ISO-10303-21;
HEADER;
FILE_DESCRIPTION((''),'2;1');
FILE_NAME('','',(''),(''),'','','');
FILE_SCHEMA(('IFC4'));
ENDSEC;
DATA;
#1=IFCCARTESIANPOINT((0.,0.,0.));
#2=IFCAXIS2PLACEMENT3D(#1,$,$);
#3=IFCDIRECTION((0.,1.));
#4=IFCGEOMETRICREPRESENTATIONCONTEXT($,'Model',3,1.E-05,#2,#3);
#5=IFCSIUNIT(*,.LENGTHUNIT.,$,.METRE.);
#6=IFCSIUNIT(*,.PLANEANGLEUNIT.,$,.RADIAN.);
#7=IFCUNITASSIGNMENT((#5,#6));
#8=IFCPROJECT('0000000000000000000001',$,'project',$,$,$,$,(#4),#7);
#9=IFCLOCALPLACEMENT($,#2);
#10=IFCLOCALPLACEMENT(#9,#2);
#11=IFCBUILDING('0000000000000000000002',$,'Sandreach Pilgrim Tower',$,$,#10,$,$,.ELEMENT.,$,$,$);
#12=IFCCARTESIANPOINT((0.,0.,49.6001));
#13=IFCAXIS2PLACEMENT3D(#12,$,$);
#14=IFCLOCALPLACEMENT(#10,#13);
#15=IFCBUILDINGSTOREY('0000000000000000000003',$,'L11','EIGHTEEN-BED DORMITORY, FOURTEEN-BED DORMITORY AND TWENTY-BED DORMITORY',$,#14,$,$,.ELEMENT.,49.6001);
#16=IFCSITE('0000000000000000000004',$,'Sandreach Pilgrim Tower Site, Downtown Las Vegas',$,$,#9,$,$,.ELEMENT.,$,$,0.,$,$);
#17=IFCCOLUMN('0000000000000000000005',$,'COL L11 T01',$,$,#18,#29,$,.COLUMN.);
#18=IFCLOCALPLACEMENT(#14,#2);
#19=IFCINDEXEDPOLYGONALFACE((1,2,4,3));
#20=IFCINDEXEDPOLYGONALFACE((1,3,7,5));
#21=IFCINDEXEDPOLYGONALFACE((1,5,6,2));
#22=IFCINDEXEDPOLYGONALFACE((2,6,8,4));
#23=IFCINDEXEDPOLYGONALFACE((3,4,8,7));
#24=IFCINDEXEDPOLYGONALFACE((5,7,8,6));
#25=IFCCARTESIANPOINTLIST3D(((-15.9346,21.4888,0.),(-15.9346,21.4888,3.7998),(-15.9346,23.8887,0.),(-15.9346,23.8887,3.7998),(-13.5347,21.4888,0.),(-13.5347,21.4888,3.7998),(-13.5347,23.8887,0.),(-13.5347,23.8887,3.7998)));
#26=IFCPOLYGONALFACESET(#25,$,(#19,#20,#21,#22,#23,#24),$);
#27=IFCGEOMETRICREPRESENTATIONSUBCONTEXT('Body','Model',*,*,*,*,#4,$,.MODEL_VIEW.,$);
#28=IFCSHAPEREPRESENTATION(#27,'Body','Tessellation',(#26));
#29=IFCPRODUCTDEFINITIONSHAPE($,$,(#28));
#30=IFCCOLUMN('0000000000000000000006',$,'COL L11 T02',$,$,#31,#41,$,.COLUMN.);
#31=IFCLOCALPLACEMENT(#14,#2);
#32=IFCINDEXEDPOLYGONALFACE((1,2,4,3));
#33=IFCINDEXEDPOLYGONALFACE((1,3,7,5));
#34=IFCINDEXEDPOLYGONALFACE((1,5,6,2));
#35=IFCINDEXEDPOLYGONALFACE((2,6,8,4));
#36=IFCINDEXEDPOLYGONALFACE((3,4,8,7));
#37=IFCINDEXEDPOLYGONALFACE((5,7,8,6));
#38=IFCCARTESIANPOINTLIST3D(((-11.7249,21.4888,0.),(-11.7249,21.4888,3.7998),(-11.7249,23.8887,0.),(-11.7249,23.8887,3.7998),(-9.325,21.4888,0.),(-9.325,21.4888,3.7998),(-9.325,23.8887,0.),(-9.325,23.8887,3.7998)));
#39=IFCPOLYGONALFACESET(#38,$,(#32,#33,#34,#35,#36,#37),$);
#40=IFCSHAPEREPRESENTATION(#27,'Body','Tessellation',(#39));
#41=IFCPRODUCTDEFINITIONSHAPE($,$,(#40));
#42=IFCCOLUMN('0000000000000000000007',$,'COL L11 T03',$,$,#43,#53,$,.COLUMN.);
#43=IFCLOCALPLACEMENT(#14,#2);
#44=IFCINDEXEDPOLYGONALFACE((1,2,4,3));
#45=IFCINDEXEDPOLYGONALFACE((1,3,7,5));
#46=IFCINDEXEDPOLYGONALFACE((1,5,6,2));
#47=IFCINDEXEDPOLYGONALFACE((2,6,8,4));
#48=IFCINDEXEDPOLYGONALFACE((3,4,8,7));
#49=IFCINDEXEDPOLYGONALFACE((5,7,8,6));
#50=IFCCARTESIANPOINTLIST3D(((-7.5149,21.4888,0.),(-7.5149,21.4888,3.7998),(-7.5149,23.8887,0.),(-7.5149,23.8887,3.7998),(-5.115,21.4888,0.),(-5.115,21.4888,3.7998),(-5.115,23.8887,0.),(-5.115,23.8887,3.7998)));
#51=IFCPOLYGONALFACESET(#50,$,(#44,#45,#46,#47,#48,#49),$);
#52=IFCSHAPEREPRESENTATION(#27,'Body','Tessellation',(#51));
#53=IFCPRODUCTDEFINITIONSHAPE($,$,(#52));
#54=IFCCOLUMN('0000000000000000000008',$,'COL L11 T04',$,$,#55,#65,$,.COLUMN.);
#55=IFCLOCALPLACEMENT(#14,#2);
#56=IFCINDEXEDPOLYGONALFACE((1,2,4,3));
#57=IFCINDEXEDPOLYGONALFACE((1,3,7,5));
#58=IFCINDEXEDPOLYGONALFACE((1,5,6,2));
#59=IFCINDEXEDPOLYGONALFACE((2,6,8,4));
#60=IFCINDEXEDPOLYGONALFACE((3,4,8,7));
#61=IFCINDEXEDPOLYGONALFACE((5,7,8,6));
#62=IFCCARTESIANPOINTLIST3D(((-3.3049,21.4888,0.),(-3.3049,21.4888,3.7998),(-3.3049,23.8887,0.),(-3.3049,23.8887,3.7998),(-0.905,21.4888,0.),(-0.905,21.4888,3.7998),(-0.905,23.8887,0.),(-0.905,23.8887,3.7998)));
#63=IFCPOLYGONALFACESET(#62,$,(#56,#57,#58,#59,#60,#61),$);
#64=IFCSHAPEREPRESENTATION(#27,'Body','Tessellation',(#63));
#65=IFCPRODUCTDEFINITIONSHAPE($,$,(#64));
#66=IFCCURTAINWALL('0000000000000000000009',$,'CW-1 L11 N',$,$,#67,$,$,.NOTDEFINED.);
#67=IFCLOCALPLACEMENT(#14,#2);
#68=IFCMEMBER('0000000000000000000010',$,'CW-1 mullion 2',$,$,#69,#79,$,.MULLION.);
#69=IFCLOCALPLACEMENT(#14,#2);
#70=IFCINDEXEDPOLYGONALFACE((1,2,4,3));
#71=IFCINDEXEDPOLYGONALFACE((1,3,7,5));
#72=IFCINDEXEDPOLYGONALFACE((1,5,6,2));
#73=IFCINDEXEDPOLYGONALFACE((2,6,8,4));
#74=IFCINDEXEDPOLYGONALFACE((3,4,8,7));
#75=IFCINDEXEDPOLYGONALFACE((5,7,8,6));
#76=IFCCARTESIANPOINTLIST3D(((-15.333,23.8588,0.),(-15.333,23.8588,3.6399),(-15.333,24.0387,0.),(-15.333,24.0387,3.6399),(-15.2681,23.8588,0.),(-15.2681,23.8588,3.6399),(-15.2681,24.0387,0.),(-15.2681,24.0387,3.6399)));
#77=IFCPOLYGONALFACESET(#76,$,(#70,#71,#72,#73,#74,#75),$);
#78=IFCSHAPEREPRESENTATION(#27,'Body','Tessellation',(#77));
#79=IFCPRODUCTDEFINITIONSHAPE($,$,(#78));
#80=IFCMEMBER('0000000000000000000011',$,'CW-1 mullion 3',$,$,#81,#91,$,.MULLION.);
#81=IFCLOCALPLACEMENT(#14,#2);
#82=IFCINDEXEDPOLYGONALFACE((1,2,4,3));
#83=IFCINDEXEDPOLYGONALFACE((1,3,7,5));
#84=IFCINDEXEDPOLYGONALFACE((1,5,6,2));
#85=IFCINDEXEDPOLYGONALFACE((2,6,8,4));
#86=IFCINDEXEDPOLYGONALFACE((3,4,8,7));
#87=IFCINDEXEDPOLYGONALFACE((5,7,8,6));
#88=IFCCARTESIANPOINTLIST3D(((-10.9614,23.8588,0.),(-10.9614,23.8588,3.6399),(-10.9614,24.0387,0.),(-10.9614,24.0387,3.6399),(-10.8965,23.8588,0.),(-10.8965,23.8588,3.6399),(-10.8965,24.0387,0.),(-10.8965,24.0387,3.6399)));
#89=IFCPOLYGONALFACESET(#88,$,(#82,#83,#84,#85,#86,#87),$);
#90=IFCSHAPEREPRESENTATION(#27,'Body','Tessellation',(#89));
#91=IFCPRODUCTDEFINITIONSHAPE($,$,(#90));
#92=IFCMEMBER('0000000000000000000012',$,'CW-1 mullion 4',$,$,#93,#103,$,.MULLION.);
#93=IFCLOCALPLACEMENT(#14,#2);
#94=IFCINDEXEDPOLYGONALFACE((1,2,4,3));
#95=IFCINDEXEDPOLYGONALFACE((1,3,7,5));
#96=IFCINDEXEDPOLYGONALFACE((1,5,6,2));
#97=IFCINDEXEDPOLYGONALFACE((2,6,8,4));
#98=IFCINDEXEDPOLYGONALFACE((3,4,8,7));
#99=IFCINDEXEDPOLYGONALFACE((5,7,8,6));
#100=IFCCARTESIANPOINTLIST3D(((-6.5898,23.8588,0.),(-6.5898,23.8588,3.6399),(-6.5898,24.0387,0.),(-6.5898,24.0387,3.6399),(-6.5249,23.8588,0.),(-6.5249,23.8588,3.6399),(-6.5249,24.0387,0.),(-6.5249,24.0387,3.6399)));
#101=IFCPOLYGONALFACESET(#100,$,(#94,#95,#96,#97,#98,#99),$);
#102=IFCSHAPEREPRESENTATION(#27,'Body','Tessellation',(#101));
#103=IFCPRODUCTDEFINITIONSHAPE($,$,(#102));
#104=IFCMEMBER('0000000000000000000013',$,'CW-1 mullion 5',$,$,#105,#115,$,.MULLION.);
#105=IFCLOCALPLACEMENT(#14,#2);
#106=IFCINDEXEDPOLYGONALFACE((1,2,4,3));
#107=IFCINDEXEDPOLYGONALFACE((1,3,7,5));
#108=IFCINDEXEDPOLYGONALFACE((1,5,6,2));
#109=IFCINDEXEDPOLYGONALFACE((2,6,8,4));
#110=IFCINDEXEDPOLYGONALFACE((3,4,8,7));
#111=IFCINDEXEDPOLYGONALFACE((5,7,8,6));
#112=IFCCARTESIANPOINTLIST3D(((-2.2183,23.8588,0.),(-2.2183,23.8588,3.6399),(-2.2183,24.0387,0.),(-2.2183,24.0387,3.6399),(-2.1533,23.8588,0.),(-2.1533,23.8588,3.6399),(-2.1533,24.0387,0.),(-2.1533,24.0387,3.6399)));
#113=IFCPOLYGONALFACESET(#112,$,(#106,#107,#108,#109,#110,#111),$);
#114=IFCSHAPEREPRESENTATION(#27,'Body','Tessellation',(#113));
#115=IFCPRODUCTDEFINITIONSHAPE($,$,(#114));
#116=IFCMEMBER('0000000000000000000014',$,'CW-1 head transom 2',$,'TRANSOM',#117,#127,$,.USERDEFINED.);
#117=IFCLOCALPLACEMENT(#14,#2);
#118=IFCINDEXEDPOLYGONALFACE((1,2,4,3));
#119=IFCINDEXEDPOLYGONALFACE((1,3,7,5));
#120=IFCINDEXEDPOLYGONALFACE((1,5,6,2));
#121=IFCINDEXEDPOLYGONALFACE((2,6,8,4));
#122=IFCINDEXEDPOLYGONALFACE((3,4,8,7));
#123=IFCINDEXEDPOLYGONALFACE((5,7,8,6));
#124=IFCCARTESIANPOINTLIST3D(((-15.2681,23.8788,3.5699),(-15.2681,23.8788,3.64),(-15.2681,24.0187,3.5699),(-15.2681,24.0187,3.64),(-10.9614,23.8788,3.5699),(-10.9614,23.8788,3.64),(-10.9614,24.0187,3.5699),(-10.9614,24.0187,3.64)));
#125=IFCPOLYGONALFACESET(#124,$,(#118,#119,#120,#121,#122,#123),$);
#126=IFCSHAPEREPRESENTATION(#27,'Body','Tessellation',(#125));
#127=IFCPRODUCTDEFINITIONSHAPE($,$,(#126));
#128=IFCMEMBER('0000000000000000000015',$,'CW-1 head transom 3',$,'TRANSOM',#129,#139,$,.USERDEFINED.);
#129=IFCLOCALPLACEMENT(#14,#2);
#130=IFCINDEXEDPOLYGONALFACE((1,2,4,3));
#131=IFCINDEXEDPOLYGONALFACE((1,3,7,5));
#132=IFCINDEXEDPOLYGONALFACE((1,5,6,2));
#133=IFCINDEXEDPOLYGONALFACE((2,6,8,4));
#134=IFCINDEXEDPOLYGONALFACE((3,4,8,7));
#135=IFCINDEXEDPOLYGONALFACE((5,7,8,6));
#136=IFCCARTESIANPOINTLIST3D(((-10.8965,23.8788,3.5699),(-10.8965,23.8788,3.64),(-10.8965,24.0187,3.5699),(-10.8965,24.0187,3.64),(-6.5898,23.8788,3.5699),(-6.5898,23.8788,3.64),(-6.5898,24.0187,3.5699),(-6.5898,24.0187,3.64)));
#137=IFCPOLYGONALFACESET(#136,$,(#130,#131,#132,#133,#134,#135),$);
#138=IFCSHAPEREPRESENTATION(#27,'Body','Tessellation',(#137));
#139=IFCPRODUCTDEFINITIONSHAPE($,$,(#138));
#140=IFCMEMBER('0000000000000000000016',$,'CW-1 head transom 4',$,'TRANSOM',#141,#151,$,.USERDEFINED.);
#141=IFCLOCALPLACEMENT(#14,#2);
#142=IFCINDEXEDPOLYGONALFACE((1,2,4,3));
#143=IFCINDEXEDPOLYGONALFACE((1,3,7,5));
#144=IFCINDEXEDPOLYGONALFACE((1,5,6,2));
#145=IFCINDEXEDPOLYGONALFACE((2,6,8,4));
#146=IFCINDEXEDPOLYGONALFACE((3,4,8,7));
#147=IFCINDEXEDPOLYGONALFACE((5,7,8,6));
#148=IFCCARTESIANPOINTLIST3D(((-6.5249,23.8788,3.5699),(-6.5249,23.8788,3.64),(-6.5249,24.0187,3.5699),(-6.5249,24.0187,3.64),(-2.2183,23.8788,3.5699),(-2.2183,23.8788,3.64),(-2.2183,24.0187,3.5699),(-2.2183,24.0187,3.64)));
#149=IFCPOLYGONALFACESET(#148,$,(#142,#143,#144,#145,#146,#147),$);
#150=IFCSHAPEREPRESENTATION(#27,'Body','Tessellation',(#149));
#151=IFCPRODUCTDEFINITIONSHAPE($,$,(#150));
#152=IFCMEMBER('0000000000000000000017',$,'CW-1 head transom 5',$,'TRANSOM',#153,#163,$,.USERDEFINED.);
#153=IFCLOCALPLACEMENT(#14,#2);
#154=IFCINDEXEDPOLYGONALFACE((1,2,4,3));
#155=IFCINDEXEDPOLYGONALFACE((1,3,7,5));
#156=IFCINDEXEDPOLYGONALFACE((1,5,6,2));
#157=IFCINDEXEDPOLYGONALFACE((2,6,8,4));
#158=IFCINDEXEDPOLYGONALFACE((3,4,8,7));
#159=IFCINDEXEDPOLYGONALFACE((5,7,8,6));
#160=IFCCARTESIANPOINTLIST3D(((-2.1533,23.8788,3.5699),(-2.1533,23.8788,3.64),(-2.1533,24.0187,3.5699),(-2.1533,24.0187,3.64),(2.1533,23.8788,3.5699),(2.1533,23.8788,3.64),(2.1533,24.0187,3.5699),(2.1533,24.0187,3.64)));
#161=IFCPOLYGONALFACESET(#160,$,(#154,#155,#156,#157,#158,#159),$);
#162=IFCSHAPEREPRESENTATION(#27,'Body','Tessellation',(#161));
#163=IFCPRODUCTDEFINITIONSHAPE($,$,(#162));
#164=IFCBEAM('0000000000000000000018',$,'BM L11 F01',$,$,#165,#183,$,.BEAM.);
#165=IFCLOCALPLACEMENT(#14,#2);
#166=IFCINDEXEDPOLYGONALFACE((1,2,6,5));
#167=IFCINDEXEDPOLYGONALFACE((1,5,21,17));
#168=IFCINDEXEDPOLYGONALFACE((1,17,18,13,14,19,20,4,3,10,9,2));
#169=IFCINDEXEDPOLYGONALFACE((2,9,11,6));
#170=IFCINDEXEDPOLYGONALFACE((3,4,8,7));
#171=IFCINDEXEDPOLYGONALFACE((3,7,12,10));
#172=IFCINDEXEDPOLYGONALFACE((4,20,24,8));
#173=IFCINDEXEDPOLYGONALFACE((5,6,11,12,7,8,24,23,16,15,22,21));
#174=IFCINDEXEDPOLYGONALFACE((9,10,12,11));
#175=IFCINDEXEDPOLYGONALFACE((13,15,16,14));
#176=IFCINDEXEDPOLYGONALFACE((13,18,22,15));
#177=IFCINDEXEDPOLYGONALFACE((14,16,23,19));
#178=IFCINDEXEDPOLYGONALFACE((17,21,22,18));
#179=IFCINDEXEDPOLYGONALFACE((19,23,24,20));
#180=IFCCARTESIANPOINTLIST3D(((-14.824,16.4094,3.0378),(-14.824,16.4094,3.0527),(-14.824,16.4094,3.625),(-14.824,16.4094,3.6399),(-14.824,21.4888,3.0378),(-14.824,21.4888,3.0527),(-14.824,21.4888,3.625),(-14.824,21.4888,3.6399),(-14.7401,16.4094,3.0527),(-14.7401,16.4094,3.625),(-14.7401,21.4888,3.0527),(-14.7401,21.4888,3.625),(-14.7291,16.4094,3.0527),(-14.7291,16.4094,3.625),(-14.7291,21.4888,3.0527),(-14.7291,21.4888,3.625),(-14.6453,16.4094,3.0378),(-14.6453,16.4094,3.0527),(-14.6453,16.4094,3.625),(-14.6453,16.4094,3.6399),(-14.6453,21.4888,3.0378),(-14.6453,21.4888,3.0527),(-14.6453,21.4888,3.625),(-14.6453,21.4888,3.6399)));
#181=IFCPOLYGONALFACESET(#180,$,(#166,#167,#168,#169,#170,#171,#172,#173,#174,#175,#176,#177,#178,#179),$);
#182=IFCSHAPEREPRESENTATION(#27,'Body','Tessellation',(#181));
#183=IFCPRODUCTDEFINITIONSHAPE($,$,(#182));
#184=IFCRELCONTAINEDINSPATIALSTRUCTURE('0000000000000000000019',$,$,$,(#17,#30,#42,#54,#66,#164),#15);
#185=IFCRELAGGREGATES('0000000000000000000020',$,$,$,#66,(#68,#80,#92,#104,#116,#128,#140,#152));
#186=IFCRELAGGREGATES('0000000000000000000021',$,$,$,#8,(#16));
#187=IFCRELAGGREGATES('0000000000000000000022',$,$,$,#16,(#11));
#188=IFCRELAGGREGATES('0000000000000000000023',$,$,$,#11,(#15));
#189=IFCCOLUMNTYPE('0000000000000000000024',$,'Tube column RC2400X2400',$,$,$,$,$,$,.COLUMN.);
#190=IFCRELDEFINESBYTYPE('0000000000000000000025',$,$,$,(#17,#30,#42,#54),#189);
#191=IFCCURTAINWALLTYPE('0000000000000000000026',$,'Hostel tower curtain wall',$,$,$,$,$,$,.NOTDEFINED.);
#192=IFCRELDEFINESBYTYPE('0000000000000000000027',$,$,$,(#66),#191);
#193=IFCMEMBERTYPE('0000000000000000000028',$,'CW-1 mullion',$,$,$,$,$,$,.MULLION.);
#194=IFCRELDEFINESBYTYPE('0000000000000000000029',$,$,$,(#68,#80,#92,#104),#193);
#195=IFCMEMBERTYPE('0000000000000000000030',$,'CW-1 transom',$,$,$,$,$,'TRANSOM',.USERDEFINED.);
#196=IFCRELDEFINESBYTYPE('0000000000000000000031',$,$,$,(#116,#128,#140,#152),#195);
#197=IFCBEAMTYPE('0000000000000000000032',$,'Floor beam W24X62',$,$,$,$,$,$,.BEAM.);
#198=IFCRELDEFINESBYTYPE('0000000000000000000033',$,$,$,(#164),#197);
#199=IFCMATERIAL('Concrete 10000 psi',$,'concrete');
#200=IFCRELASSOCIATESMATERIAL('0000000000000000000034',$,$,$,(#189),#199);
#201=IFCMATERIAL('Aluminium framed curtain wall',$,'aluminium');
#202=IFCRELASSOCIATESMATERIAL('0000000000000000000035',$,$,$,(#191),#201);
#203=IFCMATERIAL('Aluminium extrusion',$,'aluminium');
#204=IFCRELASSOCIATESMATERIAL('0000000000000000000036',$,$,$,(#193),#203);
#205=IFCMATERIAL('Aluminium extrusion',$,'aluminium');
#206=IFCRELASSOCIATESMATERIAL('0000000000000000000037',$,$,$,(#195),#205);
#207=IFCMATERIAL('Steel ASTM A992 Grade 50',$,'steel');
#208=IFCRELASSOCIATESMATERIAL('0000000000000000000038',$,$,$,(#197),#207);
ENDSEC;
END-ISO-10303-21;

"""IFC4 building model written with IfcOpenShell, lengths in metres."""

from ifc_helpers import new_model, si_unit, direction, frame, origin, origin_2d, place, context, subcontext, project, spatial, rectangle, i_section, extrude, material, material_profile, profile_set, type_object, element, aggregate, save


model = new_model("IFC4")

# Units and contexts
model_context = context("Model", 3, precision=1e-05, world=origin(), true_north=direction((0.0, 1.0)))
body_context = subcontext(model_context, "Body", "Model", "MODEL_VIEW")
ifc_project = project(units=[si_unit("LENGTHUNIT", "METRE"), si_unit("PLANEANGLEUNIT", "RADIAN")], contexts=[model_context])

# Site, building, storey
site_placement = place(None, origin())
site = spatial("IfcSite", under=ifc_project, at=site_placement, Name="Sandreach Pilgrim Tower Site, Downtown Las Vegas", CompositionType="ELEMENT", RefElevation=0.0)
building_placement = place(site_placement, origin())
building = spatial("IfcBuilding", under=site, at=building_placement, Name="Sandreach Pilgrim Tower", CompositionType="ELEMENT")
storey_placement = place(building_placement, frame((0.0, 0.0, 49.6001)))
storey = spatial("IfcBuildingStorey", under=building, at=storey_placement, Name="L11", Description="EIGHTEEN-BED DORMITORY, FOURTEEN-BED DORMITORY AND TWENTY-BED DORMITORY", CompositionType="ELEMENT", Elevation=49.6001)

# Columns
ifc_material_1 = material(Name="Concrete 10000 psi", Category="concrete")
ifc_material_profile_1 = material_profile(ifc_material_1, rectangle(XDim=2.3999, YDim=2.3999, at=origin_2d()), Name="RC2400X2400")
ifc_profile_set_1 = profile_set([ifc_material_profile_1], Name="Concrete 10000 psi")
column_type = type_object("IfcColumnType", Name="Tube column RC2400X2400", PredefinedType="COLUMN", material=ifc_profile_set_1)
for number, where, z_axis, x_axis, name in (
    (1, (-14.7346, 22.6887, 0.0), (0.0, 0.0, 1.0), (0.0, 1.0, 0.0), "COL L11 T01"),
    (2, (-10.5249, 22.6887, 0.0), (0.0, 0.0, 1.0), (0.0, 1.0, 0.0), "COL L11 T02"),
    (3, (-6.3149, 22.6887, 0.0), (0.0, 0.0, 1.0), (0.0, 1.0, 0.0), "COL L11 T03"),
    (4, (-2.105, 22.6887, 0.0), (0.0, 0.0, 1.0), (0.0, 1.0, 0.0), "COL L11 T04"),
):
    element("IfcColumn", number, at=place(storey_placement, frame(where, z_axis=z_axis, x_axis=x_axis)), inside=storey, type_object=column_type, Name=name, PredefinedType="COLUMN", context=body_context, shape_type="SweptSolid", body=[
        extrude(rectangle(XDim=2.3999, YDim=2.3999, at=origin_2d()), origin(), (0.0, 0.0, 1.0), 3.7998),
    ])

# Curtain wall, members
ifc_material_2 = material(Name="Aluminium framed curtain wall", Category="aluminium")
curtain_wall_type = type_object("IfcCurtainWallType", Name="Hostel tower curtain wall", PredefinedType="NOTDEFINED", material=ifc_material_2)
curtain_wall_placement = place(storey_placement, origin())
curtain_wall = element("IfcCurtainWall", 5, at=curtain_wall_placement, inside=storey, type_object=curtain_wall_type, Name="CW-1 L11 N", PredefinedType="NOTDEFINED")
ifc_material_3 = material(Name="Aluminium extrusion", Category="aluminium")
ifc_material_profile_2 = material_profile(ifc_material_3, rectangle(XDim=0.0649, YDim=0.1799, at=origin_2d()), Name="CW-1M 65X180")
ifc_profile_set_2 = profile_set([ifc_material_profile_2], Name="Aluminium extrusion")
member_type_1 = type_object("IfcMemberType", Name="CW-1 mullion", PredefinedType="MULLION", material=ifc_profile_set_2)
member_1_placement = place(storey_placement, frame((-15.3005, 23.9487, 0.0), z_axis=(0.0, 0.0, 1.0), x_axis=(1.0, 0.0, 0.0)))
member_1 = element("IfcMember", 6, at=member_1_placement, type_object=member_type_1, Name="CW-1 mullion 2", PredefinedType="MULLION", context=body_context, shape_type="SweptSolid", body=[
    extrude(rectangle(XDim=0.0649, YDim=0.1799, at=origin_2d()), origin(), (0.0, 0.0, 1.0), 3.6399),
])
member_2_placement = place(storey_placement, frame((-10.929, 23.9487, 0.0), z_axis=(0.0, 0.0, 1.0), x_axis=(1.0, 0.0, 0.0)))
member_2 = element("IfcMember", 7, at=member_2_placement, type_object=member_type_1, Name="CW-1 mullion 3", PredefinedType="MULLION", context=body_context, shape_type="SweptSolid", body=[
    extrude(rectangle(XDim=0.0649, YDim=0.1799, at=origin_2d()), origin(), (0.0, 0.0, 1.0), 3.6399),
])
member_3_placement = place(storey_placement, frame((-6.5574, 23.9487, 0.0), z_axis=(0.0, 0.0, 1.0), x_axis=(1.0, 0.0, 0.0)))
member_3 = element("IfcMember", 8, at=member_3_placement, type_object=member_type_1, Name="CW-1 mullion 4", PredefinedType="MULLION", context=body_context, shape_type="SweptSolid", body=[
    extrude(rectangle(XDim=0.0649, YDim=0.1799, at=origin_2d()), origin(), (0.0, 0.0, 1.0), 3.6399),
])
member_4_placement = place(storey_placement, frame((-2.1858, 23.9487, 0.0), z_axis=(0.0, 0.0, 1.0), x_axis=(1.0, 0.0, 0.0)))
member_4 = element("IfcMember", 9, at=member_4_placement, type_object=member_type_1, Name="CW-1 mullion 5", PredefinedType="MULLION", context=body_context, shape_type="SweptSolid", body=[
    extrude(rectangle(XDim=0.0649, YDim=0.1799, at=origin_2d()), origin(), (0.0, 0.0, 1.0), 3.6399),
])
ifc_material_4 = material(Name="Aluminium extrusion", Category="aluminium")
ifc_material_profile_3 = material_profile(ifc_material_4, rectangle(XDim=0.1399, YDim=0.0701, at=origin_2d()), Name="CW-1T 140X70")
ifc_profile_set_3 = profile_set([ifc_material_profile_3], Name="Aluminium extrusion")
member_type_2 = type_object("IfcMemberType", Name="CW-1 transom", ElementType="TRANSOM", PredefinedType="USERDEFINED", material=ifc_profile_set_3)
member_5_placement = place(storey_placement, frame((-15.2681, 23.9487, 3.605), z_axis=(1.0, 0.0, 0.0), x_axis=(0.0, 1.0, 0.0)))
member_5 = element("IfcMember", 10, at=member_5_placement, type_object=member_type_2, Name="CW-1 head transom 2", ObjectType="TRANSOM", PredefinedType="USERDEFINED", context=body_context, shape_type="SweptSolid", body=[
    extrude(rectangle(XDim=0.1399, YDim=0.0701, at=origin_2d()), origin(), (0.0, 0.0, 1.0), 4.3066),
])
member_6_placement = place(storey_placement, frame((-10.8965, 23.9487, 3.605), z_axis=(1.0, 0.0, 0.0), x_axis=(0.0, 1.0, 0.0)))
member_6 = element("IfcMember", 11, at=member_6_placement, type_object=member_type_2, Name="CW-1 head transom 3", ObjectType="TRANSOM", PredefinedType="USERDEFINED", context=body_context, shape_type="SweptSolid", body=[
    extrude(rectangle(XDim=0.1399, YDim=0.0701, at=origin_2d()), origin(), (0.0, 0.0, 1.0), 4.3066),
])
member_7_placement = place(storey_placement, frame((-6.5249, 23.9487, 3.605), z_axis=(1.0, 0.0, 0.0), x_axis=(0.0, 1.0, 0.0)))
member_7 = element("IfcMember", 12, at=member_7_placement, type_object=member_type_2, Name="CW-1 head transom 4", ObjectType="TRANSOM", PredefinedType="USERDEFINED", context=body_context, shape_type="SweptSolid", body=[
    extrude(rectangle(XDim=0.1399, YDim=0.0701, at=origin_2d()), origin(), (0.0, 0.0, 1.0), 4.3066),
])
member_8_placement = place(storey_placement, frame((-2.1533, 23.9487, 3.605), z_axis=(1.0, 0.0, 0.0), x_axis=(0.0, 1.0, 0.0)))
member_8 = element("IfcMember", 13, at=member_8_placement, type_object=member_type_2, Name="CW-1 head transom 5", ObjectType="TRANSOM", PredefinedType="USERDEFINED", context=body_context, shape_type="SweptSolid", body=[
    extrude(rectangle(XDim=0.1399, YDim=0.0701, at=origin_2d()), origin(), (0.0, 0.0, 1.0), 4.3066),
])

# Beam
ifc_material_5 = material(Name="Steel ASTM A992 Grade 50", Category="steel")
ifc_material_profile_4 = material_profile(ifc_material_5, i_section(OverallWidth=0.1787, OverallDepth=0.6021, WebThickness=0.011, FlangeThickness=0.0149, at=origin_2d()), Name="W24X62")
ifc_profile_set_4 = profile_set([ifc_material_profile_4], Name="Steel ASTM A992 Grade 50")
beam_type_1 = type_object("IfcBeamType", Name="Floor beam W24X62", PredefinedType="BEAM", material=ifc_profile_set_4)
beam_1_placement = place(storey_placement, frame((-14.7346, 21.4888, 3.3389), z_axis=(0.0, -1.0, 0.0), x_axis=(1.0, 0.0, 0.0)))
element("IfcBeam", 14, at=beam_1_placement, inside=storey, type_object=beam_type_1, Name="BM L11 F01", PredefinedType="BEAM", context=body_context, shape_type="SweptSolid", body=[
    extrude(i_section(OverallWidth=0.1787, OverallDepth=0.6021, WebThickness=0.011, FlangeThickness=0.0149, at=origin_2d()), origin(), (0.0, 0.0, 1.0), 5.0793),
])

aggregate(curtain_wall, [member_1, member_2, member_3, member_4, member_5, member_6, member_7, member_8])

save(model, "model.ifc")
